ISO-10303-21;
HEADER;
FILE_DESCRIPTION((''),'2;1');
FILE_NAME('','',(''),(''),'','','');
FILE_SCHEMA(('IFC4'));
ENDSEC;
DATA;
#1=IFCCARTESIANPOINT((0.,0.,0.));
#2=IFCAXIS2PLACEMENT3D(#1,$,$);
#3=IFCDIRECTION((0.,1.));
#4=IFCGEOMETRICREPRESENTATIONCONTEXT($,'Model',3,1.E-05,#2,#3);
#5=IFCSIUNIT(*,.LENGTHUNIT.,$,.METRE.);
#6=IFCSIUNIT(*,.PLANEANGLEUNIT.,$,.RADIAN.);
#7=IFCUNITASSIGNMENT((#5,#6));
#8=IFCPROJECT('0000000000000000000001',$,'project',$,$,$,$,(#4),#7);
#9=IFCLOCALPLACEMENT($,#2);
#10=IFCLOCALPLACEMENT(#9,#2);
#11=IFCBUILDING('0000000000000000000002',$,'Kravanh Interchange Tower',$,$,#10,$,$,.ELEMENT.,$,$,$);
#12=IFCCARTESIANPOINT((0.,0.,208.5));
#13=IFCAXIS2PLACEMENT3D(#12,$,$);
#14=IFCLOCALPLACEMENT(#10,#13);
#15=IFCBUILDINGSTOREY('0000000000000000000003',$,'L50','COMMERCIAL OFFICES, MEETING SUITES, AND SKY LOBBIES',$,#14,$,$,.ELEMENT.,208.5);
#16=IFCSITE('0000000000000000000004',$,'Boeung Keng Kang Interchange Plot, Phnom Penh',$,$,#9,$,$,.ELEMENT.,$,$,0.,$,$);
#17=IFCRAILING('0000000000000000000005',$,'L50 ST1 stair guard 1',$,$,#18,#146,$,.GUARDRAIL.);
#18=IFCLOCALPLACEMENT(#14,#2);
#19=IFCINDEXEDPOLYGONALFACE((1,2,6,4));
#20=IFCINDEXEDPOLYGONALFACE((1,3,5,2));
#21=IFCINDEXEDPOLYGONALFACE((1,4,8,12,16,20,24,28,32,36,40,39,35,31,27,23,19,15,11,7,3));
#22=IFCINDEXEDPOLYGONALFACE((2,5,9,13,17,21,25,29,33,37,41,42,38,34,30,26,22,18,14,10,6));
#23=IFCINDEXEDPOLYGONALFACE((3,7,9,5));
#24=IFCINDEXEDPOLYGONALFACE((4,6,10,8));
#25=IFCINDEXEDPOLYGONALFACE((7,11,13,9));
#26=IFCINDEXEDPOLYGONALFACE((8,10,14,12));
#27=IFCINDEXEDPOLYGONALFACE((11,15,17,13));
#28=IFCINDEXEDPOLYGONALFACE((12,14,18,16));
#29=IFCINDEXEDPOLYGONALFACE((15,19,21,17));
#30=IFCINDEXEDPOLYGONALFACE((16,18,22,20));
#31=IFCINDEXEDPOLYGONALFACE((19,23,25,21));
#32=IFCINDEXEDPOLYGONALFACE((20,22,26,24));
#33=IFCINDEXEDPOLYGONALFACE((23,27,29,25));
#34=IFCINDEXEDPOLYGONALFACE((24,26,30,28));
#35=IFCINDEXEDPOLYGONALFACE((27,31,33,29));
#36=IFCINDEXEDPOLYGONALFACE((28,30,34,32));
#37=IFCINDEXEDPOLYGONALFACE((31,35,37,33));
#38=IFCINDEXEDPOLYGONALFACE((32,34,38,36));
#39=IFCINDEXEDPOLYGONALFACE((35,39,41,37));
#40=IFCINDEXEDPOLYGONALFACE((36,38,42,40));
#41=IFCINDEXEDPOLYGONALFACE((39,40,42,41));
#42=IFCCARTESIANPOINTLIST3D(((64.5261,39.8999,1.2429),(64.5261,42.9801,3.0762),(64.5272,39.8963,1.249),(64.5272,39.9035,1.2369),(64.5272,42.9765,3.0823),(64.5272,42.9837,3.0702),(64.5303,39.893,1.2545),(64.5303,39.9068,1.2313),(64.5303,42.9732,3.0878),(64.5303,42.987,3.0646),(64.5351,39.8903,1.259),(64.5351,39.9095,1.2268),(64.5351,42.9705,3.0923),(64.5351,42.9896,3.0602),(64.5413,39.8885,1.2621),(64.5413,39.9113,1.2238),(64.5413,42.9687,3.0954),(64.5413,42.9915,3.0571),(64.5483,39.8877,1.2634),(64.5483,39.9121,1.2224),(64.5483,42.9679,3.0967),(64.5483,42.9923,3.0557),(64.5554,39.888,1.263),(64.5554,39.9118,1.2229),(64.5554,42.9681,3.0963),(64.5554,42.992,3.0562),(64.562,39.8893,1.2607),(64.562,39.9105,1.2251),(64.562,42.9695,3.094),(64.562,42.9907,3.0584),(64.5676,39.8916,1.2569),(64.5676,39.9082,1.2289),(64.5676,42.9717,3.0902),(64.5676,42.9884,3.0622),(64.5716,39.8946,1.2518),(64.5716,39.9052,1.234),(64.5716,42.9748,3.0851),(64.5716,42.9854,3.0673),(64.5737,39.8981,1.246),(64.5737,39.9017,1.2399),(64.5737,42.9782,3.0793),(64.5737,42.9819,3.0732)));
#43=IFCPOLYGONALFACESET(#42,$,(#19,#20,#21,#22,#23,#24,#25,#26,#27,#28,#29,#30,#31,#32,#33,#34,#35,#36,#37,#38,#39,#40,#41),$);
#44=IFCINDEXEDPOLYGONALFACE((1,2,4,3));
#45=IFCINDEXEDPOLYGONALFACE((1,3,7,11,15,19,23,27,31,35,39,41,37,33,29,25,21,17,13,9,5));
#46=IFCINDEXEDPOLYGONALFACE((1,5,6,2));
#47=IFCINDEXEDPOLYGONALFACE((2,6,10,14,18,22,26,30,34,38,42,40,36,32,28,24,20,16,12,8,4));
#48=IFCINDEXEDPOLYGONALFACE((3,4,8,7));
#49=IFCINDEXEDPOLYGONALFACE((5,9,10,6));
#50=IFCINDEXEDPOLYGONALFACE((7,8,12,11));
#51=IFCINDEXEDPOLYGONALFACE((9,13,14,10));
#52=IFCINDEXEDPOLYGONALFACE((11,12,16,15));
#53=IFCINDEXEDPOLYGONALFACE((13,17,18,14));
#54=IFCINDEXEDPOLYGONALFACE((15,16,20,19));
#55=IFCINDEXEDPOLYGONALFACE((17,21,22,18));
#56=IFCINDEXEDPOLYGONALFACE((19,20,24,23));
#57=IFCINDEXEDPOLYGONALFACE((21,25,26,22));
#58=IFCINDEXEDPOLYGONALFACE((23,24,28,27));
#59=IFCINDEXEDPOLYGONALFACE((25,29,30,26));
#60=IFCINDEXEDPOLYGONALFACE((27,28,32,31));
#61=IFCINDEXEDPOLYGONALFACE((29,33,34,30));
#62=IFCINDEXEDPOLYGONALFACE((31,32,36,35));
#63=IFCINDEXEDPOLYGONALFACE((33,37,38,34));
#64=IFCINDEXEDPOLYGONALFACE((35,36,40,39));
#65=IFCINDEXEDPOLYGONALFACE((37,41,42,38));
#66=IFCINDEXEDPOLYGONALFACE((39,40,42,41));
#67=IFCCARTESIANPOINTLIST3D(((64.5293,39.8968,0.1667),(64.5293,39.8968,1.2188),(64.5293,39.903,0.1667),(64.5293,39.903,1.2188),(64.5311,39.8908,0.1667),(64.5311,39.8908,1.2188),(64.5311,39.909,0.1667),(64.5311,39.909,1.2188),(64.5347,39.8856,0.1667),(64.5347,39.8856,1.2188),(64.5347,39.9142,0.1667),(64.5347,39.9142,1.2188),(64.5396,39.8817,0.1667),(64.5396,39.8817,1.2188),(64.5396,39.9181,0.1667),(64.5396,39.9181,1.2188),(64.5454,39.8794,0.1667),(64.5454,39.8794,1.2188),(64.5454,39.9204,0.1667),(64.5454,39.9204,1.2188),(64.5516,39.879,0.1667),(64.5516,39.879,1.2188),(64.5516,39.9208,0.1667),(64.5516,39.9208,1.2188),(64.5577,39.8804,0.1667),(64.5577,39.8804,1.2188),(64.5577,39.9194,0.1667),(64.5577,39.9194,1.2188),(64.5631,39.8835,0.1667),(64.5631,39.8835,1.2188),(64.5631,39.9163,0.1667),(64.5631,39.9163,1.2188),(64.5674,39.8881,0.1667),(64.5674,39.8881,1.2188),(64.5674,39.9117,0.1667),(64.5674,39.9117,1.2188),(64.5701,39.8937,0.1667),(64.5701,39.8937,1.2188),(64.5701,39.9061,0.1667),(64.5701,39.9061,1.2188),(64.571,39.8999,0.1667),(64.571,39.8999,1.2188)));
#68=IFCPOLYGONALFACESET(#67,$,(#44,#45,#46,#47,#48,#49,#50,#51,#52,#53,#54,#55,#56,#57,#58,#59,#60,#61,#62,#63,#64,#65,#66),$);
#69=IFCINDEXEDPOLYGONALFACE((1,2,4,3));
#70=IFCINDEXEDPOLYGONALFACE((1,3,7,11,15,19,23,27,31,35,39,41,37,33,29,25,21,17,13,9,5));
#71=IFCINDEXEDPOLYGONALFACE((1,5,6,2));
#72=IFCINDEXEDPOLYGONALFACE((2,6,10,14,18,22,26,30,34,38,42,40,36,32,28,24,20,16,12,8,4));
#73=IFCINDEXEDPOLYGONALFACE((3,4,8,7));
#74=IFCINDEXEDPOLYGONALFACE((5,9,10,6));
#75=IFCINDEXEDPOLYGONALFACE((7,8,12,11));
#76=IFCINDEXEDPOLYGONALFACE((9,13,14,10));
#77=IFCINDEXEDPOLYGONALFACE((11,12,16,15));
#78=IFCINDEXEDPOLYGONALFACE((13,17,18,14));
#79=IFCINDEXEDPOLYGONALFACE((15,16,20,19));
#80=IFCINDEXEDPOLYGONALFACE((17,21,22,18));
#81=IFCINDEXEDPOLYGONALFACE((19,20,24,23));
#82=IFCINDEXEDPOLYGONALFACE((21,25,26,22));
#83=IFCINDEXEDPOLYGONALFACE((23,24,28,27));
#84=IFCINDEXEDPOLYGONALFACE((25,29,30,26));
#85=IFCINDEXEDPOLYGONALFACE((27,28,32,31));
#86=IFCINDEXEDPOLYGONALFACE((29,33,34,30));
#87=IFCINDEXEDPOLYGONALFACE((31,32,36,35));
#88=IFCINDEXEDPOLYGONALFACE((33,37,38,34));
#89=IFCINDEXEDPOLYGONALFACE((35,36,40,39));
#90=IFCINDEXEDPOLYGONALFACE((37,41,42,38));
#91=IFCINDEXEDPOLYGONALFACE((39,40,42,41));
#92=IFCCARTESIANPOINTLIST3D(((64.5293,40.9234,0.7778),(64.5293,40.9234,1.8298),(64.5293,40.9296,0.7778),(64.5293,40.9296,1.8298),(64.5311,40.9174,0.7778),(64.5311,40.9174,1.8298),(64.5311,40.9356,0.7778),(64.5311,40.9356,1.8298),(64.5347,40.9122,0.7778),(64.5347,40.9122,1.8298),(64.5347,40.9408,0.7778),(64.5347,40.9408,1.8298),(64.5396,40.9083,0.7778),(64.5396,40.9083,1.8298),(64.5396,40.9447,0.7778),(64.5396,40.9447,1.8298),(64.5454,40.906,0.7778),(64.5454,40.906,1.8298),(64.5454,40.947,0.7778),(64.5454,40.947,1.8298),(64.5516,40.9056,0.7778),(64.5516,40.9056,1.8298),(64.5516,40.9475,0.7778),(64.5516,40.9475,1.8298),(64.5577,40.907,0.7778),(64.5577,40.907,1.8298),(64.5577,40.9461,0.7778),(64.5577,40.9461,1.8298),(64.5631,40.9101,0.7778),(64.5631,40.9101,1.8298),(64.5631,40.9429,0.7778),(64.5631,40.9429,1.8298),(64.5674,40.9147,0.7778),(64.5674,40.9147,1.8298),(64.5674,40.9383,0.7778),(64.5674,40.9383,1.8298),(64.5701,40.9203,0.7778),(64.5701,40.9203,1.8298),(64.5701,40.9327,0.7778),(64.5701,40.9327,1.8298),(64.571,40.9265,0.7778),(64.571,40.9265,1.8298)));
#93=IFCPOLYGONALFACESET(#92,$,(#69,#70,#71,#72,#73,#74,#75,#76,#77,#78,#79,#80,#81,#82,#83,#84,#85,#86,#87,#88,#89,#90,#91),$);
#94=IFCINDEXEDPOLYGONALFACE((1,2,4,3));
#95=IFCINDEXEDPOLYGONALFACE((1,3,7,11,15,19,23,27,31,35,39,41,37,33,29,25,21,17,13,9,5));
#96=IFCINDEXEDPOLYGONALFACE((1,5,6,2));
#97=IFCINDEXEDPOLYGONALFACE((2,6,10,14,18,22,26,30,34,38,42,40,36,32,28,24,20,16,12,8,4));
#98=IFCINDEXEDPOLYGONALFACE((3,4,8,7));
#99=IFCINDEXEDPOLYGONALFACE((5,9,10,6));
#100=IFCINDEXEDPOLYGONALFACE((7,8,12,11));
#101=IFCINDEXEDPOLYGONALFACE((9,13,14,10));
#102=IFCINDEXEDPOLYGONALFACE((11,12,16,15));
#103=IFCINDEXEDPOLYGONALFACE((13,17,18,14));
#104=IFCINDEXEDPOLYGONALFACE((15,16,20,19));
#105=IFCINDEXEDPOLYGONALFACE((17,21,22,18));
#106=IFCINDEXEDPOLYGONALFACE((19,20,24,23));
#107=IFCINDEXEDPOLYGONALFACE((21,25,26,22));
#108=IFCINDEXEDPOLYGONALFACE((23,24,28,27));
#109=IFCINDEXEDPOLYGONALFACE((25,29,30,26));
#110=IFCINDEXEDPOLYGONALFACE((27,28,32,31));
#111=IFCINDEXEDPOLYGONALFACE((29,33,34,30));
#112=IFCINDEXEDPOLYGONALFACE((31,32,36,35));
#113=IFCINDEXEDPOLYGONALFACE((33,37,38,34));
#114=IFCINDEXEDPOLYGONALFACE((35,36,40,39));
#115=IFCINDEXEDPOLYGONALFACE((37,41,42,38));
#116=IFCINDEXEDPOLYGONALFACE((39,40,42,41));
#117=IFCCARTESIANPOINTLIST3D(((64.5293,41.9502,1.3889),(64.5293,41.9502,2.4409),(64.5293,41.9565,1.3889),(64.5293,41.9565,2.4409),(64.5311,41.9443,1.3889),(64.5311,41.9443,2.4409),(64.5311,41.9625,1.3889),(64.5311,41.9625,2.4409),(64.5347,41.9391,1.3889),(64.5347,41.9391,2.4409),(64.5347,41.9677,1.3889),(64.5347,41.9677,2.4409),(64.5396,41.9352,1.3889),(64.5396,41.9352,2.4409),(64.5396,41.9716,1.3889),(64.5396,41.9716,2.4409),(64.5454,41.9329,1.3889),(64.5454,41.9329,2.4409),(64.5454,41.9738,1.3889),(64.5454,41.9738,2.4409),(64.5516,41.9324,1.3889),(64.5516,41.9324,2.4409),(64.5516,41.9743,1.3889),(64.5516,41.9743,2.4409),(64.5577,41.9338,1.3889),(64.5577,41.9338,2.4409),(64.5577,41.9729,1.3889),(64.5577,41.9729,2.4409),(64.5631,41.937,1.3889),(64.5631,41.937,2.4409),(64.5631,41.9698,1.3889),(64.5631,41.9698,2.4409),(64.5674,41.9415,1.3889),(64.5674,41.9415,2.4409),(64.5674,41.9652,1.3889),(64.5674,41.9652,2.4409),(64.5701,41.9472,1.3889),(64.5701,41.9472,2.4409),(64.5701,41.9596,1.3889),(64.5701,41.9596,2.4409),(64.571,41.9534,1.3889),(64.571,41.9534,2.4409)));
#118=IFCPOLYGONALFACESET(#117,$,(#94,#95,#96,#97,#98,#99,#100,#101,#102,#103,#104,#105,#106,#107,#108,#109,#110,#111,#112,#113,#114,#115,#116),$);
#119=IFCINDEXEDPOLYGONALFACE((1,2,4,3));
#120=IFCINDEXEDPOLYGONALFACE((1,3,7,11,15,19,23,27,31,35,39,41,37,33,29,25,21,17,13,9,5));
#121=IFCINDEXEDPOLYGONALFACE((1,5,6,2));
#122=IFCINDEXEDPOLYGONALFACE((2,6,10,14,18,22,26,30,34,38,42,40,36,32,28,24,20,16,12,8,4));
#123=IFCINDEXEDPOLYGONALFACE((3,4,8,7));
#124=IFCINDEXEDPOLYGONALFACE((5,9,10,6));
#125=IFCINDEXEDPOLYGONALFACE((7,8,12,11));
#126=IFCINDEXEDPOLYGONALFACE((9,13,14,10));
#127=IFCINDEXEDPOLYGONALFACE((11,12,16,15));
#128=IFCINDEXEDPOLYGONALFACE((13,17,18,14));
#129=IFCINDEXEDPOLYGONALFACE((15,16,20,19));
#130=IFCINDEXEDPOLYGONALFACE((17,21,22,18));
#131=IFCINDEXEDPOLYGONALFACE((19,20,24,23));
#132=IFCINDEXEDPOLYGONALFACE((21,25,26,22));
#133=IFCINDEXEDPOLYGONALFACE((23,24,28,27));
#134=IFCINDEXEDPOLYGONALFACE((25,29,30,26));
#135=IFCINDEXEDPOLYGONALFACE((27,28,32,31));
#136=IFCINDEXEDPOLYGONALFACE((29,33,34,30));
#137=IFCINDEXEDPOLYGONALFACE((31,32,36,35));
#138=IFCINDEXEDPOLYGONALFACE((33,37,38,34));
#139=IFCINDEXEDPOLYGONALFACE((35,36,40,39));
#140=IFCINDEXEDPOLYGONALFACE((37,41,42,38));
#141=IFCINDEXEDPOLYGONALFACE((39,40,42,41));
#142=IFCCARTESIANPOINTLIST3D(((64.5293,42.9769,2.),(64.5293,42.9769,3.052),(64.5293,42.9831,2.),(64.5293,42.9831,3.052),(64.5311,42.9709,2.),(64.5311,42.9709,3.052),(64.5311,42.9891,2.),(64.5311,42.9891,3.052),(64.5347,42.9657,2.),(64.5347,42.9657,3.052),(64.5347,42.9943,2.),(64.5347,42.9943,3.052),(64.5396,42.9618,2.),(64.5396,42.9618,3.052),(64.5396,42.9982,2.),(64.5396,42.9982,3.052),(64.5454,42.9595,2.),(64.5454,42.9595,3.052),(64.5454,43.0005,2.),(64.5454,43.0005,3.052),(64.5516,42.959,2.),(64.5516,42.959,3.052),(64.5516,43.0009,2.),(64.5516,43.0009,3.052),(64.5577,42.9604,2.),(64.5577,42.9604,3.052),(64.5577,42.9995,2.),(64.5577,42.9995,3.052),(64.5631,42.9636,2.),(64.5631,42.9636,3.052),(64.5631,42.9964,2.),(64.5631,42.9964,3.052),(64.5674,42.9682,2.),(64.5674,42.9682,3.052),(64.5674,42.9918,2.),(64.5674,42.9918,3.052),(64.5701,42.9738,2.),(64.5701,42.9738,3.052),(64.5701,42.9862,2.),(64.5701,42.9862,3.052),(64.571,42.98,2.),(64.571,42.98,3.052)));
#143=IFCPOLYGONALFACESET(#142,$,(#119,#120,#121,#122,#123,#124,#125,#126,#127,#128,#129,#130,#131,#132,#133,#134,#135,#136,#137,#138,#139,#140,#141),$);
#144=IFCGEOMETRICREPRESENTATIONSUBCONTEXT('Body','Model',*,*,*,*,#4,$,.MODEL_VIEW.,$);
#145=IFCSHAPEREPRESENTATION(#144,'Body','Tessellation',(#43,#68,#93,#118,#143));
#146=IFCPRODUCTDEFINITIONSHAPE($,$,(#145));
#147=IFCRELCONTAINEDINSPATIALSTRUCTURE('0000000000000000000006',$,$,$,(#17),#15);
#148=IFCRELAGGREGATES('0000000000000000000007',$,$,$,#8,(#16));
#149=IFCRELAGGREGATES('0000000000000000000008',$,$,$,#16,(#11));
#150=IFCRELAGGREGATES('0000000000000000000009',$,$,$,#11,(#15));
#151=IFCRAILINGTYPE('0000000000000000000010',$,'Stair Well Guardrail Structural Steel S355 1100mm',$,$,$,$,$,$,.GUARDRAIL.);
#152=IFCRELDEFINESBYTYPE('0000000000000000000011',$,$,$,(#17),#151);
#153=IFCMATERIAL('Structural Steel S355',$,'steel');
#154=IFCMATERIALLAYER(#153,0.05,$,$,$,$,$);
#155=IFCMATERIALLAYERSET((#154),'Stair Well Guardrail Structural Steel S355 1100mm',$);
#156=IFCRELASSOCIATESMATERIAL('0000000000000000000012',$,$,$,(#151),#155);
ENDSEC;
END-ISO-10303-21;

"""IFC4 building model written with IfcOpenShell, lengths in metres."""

from ifc_helpers import new_model, si_unit, direction, frame, origin, origin_2d, place, context, subcontext, project, spatial, circle, extrude, material, layer, layer_set, type_object, element, save


model = new_model("IFC4")

# Units and contexts
model_context = context("Model", 3, precision=1e-05, world=origin(), true_north=direction((0.0, 1.0)))
body_context = subcontext(model_context, "Body", "Model", "MODEL_VIEW")
ifc_project = project(units=[si_unit("LENGTHUNIT", "METRE"), si_unit("PLANEANGLEUNIT", "RADIAN")], contexts=[model_context])

# Site, building, storey
site_placement = place(None, origin())
site = spatial("IfcSite", under=ifc_project, at=site_placement, Name="Boeung Keng Kang Interchange Plot, Phnom Penh", CompositionType="ELEMENT", RefElevation=0.0)
building_placement = place(site_placement, origin())
building = spatial("IfcBuilding", under=site, at=building_placement, Name="Kravanh Interchange Tower", CompositionType="ELEMENT")
storey_placement = place(building_placement, frame((0.0, 0.0, 208.5)))
storey = spatial("IfcBuildingStorey", under=building, at=storey_placement, Name="L50", Description="COMMERCIAL OFFICES, MEETING SUITES, AND SKY LOBBIES", CompositionType="ELEMENT", Elevation=208.5)

# Railing
ifc_material_1 = material(Name="Structural Steel S355", Category="steel")
ifc_layer_1 = layer(ifc_material_1, 0.05)
ifc_layer_set_1 = layer_set([ifc_layer_1], Name="Stair Well Guardrail Structural Steel S355 1100mm")
railing_type_1 = type_object("IfcRailingType", Name="Stair Well Guardrail Structural Steel S355 1100mm", PredefinedType="GUARDRAIL", material=ifc_layer_set_1)
railing_1_placement = place(storey_placement, frame((64.55, 39.8999, 0.1667)))
element("IfcRailing", 1, at=railing_1_placement, inside=storey, type_object=railing_type_1, Name="L50 ST1 stair guard 1", PredefinedType="GUARDRAIL", context=body_context, shape_type="SweptSolid", body=[
    extrude(circle(Radius=0.0239, at=origin_2d()), frame((0.0, 0.0, 1.0762), z_axis=(0.0, 0.859309, 0.511458), x_axis=(-1.0, 0.0, 0.0)), (0.0, 0.0, 1.0), 3.5845),
    extrude(circle(Radius=0.021, at=origin_2d()), origin(), (0.0, 0.0, 1.0), 1.052),
    extrude(circle(Radius=0.021, at=origin_2d()), frame((0.0, 1.0266, 0.6111)), (0.0, 0.0, 1.0), 1.052),
    extrude(circle(Radius=0.021, at=origin_2d()), frame((0.0, 2.0535, 1.2222)), (0.0, 0.0, 1.0), 1.052),
    extrude(circle(Radius=0.021, at=origin_2d()), frame((0.0, 3.0801, 1.8333)), (0.0, 0.0, 1.0), 1.052),
])

save(model, "model.ifc")
